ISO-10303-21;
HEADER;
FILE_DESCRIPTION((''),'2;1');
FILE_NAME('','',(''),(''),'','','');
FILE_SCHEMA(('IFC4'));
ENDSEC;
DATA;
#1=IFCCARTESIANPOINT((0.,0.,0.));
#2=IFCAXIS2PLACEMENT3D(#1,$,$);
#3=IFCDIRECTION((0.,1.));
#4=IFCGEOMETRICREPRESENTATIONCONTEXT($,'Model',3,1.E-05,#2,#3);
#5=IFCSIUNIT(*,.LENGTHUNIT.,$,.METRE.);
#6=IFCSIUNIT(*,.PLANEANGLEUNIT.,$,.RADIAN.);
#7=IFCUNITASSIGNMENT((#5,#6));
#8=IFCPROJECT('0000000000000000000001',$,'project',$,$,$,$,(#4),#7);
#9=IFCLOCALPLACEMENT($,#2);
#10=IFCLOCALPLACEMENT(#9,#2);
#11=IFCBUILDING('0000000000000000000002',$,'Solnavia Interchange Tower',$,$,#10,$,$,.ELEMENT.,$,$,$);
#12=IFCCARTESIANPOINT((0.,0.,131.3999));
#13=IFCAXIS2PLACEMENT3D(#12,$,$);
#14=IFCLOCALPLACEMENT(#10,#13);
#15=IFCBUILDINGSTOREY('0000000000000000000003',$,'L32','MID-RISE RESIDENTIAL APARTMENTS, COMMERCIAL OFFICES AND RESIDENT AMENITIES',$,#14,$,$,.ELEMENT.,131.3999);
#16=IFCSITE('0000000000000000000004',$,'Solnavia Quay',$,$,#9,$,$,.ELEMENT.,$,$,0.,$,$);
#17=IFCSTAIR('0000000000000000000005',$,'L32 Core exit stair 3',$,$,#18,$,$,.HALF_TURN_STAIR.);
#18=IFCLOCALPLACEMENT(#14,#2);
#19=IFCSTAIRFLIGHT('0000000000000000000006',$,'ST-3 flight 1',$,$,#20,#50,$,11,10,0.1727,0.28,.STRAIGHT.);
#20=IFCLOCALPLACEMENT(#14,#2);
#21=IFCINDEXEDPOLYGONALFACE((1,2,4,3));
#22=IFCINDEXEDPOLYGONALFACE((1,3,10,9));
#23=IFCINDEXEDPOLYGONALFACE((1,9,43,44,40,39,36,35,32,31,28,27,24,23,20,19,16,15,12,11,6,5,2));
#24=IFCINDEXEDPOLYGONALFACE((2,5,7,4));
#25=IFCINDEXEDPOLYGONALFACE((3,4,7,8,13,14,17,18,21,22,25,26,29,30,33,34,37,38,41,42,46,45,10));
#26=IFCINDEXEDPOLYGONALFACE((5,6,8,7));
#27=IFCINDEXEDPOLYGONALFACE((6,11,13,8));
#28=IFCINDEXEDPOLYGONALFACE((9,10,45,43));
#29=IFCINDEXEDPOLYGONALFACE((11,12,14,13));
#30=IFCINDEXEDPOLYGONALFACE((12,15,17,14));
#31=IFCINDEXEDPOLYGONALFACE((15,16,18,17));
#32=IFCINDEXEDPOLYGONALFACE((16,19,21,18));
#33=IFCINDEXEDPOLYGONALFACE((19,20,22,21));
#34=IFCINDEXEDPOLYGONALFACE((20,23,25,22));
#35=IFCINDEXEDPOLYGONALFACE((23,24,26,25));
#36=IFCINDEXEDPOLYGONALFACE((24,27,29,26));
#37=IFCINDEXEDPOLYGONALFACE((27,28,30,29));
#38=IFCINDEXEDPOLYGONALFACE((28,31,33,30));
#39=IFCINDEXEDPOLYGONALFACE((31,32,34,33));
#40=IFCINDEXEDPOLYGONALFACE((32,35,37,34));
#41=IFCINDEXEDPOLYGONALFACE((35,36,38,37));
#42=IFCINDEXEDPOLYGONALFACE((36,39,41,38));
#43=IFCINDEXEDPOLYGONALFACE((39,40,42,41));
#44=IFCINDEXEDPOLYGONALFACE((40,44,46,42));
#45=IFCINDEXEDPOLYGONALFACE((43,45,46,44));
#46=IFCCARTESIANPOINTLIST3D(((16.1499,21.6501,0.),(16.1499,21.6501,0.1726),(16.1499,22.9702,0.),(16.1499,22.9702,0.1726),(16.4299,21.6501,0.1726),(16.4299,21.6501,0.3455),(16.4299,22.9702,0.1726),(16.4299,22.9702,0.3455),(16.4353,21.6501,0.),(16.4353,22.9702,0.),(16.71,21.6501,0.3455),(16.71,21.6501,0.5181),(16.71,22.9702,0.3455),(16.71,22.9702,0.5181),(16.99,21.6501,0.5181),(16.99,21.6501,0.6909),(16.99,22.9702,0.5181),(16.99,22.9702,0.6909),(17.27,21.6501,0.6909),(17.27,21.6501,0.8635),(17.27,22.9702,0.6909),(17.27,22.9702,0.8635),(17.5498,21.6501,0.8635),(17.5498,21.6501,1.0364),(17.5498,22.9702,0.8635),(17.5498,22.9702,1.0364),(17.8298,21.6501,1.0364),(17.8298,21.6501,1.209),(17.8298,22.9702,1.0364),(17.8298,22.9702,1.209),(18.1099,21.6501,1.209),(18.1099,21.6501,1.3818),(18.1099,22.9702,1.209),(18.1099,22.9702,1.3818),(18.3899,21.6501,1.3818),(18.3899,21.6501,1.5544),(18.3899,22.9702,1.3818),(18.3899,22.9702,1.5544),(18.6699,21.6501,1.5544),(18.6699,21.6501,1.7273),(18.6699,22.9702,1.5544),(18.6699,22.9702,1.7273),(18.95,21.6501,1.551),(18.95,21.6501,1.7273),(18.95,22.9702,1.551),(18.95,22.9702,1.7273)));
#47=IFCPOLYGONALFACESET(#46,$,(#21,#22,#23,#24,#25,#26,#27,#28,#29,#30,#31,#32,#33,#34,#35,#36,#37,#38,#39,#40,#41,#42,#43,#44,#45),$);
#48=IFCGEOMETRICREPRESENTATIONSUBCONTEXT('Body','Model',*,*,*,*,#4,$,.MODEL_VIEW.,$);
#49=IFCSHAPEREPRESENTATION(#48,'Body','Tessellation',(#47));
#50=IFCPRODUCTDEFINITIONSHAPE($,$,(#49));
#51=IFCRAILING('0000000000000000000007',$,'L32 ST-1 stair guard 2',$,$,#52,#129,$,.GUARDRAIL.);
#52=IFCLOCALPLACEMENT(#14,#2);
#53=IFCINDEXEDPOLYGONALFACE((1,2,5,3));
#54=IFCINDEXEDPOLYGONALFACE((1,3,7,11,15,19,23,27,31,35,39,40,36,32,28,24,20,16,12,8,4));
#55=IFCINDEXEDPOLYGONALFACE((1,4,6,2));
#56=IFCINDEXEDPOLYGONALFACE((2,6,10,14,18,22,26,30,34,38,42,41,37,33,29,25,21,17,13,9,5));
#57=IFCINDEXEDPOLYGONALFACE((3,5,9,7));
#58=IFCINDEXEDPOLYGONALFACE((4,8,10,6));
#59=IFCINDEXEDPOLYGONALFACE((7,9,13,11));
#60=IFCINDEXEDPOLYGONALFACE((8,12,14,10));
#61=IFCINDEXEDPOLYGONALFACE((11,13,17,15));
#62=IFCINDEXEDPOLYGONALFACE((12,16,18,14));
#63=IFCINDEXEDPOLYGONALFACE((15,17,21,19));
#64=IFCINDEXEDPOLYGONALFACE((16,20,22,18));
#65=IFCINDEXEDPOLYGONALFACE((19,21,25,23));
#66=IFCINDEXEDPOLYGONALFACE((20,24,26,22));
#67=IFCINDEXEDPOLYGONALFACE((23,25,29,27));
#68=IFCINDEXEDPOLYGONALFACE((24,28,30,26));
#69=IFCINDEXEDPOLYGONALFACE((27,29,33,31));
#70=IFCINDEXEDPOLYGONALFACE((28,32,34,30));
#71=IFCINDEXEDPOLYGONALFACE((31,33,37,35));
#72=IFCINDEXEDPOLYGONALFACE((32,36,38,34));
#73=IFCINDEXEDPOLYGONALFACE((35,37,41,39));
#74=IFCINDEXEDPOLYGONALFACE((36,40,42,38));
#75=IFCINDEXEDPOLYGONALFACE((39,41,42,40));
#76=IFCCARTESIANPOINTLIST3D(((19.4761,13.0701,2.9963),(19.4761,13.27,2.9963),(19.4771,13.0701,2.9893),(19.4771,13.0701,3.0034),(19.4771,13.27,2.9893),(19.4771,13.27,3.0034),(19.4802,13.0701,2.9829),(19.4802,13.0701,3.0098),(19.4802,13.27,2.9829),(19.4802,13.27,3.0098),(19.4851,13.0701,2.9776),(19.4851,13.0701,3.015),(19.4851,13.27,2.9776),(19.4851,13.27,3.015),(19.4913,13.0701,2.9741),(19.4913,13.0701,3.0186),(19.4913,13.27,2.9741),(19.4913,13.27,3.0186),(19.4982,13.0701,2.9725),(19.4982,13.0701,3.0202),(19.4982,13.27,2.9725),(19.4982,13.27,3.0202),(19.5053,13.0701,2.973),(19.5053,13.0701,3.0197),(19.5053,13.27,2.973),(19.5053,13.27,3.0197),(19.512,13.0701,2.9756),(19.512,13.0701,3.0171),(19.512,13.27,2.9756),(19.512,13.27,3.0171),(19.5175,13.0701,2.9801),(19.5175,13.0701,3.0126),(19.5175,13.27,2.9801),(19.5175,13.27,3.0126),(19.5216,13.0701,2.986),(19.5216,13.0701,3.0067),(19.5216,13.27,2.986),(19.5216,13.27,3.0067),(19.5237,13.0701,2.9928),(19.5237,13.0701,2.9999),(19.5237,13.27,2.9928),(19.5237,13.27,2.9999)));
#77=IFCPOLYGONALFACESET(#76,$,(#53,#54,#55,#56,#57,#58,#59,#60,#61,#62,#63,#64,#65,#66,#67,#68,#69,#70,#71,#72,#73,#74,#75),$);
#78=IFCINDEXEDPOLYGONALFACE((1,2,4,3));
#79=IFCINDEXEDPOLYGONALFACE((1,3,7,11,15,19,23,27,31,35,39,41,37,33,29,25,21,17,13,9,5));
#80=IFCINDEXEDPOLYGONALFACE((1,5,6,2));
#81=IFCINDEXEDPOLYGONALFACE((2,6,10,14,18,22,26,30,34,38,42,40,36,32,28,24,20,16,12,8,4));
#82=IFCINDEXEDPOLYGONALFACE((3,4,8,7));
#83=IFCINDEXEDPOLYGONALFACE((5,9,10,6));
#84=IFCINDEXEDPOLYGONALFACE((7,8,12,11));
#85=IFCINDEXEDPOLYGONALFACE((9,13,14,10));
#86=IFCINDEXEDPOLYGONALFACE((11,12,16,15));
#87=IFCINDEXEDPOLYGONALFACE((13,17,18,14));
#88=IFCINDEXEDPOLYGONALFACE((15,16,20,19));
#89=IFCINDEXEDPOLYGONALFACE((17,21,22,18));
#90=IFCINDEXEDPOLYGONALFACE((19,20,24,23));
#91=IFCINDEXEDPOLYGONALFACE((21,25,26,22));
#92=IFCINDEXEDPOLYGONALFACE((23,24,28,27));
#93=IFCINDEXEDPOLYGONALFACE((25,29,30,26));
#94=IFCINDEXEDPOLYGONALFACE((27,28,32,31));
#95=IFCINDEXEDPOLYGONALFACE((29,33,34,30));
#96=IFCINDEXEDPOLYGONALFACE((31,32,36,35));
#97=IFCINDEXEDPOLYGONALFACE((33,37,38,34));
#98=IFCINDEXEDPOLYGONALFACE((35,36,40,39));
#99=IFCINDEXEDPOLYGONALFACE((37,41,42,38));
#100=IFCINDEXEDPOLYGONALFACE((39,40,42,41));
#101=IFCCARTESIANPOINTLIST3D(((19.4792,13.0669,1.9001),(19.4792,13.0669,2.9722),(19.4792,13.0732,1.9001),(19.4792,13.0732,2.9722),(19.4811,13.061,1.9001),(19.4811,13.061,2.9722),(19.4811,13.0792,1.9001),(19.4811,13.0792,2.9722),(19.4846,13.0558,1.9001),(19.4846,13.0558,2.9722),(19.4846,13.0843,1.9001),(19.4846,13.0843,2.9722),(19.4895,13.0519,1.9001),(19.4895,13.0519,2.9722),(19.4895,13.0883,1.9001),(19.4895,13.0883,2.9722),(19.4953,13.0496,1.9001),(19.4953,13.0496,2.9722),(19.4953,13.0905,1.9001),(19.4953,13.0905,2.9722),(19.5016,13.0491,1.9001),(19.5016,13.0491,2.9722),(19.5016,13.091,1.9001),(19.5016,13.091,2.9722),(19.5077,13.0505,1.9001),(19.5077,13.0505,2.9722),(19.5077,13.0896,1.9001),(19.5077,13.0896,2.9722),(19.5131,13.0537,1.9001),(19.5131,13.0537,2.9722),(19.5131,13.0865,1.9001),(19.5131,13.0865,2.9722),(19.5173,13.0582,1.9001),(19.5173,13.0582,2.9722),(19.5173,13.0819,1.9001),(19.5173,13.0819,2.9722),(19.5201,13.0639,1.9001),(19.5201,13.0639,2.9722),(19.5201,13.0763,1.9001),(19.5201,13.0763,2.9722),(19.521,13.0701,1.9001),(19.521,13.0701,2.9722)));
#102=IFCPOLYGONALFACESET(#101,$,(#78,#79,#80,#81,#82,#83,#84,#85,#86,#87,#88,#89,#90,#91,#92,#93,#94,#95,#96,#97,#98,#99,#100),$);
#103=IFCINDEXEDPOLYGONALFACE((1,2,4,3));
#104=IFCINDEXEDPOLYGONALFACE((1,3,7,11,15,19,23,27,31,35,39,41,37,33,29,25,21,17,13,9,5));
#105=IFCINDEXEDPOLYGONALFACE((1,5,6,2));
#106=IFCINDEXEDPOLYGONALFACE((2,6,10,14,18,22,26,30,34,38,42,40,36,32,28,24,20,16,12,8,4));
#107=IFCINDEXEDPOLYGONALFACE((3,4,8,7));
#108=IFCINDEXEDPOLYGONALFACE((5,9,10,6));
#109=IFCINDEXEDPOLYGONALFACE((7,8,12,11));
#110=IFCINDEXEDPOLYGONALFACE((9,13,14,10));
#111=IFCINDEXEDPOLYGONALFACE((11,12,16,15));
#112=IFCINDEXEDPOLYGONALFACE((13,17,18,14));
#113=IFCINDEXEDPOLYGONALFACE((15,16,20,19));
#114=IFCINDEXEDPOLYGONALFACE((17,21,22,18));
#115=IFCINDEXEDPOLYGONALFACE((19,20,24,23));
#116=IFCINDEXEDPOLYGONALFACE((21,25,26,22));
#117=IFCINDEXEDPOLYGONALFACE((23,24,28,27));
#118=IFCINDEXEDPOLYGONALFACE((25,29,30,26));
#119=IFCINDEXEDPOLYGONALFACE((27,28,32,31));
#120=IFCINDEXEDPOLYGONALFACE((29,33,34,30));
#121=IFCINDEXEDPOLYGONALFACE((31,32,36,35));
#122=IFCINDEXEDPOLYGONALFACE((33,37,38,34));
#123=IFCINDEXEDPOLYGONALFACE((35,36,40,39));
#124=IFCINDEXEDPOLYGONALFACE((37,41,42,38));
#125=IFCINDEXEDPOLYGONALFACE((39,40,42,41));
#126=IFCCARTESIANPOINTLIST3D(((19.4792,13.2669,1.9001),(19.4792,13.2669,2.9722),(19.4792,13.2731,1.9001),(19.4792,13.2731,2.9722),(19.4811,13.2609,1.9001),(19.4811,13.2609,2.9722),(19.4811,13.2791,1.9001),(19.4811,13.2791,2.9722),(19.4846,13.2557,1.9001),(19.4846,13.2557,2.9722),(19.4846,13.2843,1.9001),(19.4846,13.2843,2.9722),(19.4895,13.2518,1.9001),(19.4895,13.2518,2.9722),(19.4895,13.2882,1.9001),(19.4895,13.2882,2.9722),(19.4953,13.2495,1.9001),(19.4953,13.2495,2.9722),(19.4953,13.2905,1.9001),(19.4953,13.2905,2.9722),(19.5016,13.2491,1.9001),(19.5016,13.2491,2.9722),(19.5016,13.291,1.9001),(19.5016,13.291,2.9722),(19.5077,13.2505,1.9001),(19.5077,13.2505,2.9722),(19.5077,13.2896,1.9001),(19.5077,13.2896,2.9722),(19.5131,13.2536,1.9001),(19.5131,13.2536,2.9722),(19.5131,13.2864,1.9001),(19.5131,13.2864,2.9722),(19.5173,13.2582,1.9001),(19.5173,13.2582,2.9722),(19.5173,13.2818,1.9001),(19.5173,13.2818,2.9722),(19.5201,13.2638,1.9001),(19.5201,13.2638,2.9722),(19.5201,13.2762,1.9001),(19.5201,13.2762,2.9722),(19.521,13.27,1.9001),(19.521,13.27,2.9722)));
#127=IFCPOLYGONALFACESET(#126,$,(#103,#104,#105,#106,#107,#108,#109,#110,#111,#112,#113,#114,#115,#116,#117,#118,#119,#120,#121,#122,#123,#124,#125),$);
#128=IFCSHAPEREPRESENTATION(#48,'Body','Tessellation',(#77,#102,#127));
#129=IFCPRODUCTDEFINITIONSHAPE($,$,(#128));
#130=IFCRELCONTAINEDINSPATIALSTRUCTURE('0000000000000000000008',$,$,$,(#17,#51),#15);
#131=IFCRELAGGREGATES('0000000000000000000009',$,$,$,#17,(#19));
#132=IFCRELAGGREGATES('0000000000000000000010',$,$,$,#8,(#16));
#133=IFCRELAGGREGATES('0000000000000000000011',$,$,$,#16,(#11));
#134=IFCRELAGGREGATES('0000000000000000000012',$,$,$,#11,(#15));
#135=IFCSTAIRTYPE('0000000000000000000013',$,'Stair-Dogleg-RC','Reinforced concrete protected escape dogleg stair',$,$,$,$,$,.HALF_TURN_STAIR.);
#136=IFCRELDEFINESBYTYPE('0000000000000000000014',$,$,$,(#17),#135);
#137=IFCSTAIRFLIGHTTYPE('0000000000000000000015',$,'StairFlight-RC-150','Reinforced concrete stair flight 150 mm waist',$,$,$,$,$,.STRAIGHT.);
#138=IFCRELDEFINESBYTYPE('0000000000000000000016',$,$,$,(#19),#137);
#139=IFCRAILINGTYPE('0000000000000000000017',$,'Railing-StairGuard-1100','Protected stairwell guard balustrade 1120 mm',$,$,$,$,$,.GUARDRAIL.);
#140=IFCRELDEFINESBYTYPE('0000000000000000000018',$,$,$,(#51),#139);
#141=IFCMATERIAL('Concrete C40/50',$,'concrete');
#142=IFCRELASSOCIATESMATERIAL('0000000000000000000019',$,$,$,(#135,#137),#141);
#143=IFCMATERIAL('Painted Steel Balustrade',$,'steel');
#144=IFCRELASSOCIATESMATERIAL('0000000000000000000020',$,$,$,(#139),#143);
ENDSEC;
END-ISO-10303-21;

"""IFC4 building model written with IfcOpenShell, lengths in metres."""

from ifc_helpers import new_model, si_unit, direction, frame, origin, origin_2d, place, context, subcontext, project, spatial, polyline, circle, outline, extrude, material, type_object, element, aggregate, save


model = new_model("IFC4")

# Units and contexts
model_context = context("Model", 3, precision=1e-05, world=origin(), true_north=direction((0.0, 1.0)))
body_context = subcontext(model_context, "Body", "Model", "MODEL_VIEW")
ifc_project = project(units=[si_unit("LENGTHUNIT", "METRE"), si_unit("PLANEANGLEUNIT", "RADIAN")], contexts=[model_context])

# Site, building, storey
site_placement = place(None, origin())
site = spatial("IfcSite", under=ifc_project, at=site_placement, Name="Solnavia Quay", CompositionType="ELEMENT", RefElevation=0.0)
building_placement = place(site_placement, origin())
building = spatial("IfcBuilding", under=site, at=building_placement, Name="Solnavia Interchange Tower", CompositionType="ELEMENT")
storey_placement = place(building_placement, frame((0.0, 0.0, 131.3999)))
storey = spatial("IfcBuildingStorey", under=building, at=storey_placement, Name="L32", Description="MID-RISE RESIDENTIAL APARTMENTS, COMMERCIAL OFFICES AND RESIDENT AMENITIES", CompositionType="ELEMENT", Elevation=131.3999)

# Shared definitions
ifc_material_1 = material(Name="Concrete C40/50", Category="concrete")

# Stair, stair flight
stair_type = type_object("IfcStairType", Name="Stair-Dogleg-RC", Description="Reinforced concrete protected escape dogleg stair", PredefinedType="HALF_TURN_STAIR", material=ifc_material_1)
stair_flight_type = type_object("IfcStairFlightType", Name="StairFlight-RC-150", Description="Reinforced concrete stair flight 150 mm waist", PredefinedType="STRAIGHT", material=ifc_material_1)
stair_1_placement = place(storey_placement, origin())
stair_1 = element("IfcStair", 1, at=stair_1_placement, inside=storey, type_object=stair_type, Name="L32 Core exit stair 3", PredefinedType="HALF_TURN_STAIR")
stair_flight_1_placement = place(storey_placement, frame((16.1499, 22.3101, 0.0), z_axis=(0.0, 0.0, 1.0), x_axis=(1.0, 0.0, 0.0)))
stair_flight_1 = element("IfcStairFlight", 2, at=stair_flight_1_placement, type_object=stair_flight_type, Name="ST-3 flight 1", NumberOfRisers=11, NumberOfTreads=10, PredefinedType="STRAIGHT", RiserHeight=0.1727, TreadLength=0.28, context=body_context, shape_type="SweptSolid", body=[
    extrude(outline(polyline([(0.0, 0.0), (0.0, 0.1726), (0.28, 0.1726), (0.28, 0.3455), (0.5601, 0.3455), (0.5601, 0.5181), (0.8401, 0.5181), (0.8401, 0.6909), (1.1201, 0.6909), (1.1201, 0.8635), (1.3999, 0.8635), (1.3999, 1.0364), (1.6799, 1.0364), (1.6799, 1.209), (1.96, 1.209), (1.96, 1.3818), (2.24, 1.3818), (2.24, 1.5544), (2.52, 1.5544), (2.52, 1.7273), (2.8, 1.7273), (2.8, 1.8999), (2.8, 1.551), (0.2854, 0.0), (0.0, 0.0)])), frame((0.0, 0.6602, 0.0), z_axis=(0.0, -1.0, 0.0), x_axis=(1.0, 0.0, 0.0)), (0.0, 0.0, 1.0), 1.3201),
])
aggregate(stair_1, [stair_flight_1])

# Railing
ifc_material_2 = material(Name="Painted Steel Balustrade", Category="steel")
railing_type_1 = type_object("IfcRailingType", Name="Railing-StairGuard-1100", Description="Protected stairwell guard balustrade 1120 mm", PredefinedType="GUARDRAIL", material=ifc_material_2)
railing_1_placement = place(storey_placement, frame((19.5, 13.0701, 1.9001)))
element("IfcRailing", 3, at=railing_1_placement, inside=storey, type_object=railing_type_1, Name="L32 ST-1 stair guard 2", PredefinedType="GUARDRAIL", context=body_context, shape_type="SweptSolid", body=[
    extrude(circle(Radius=0.0239, at=origin_2d()), frame((0.0, 0.0, 1.0962), z_axis=(0.0, 1.0, 0.0), x_axis=(-1.0, 0.0, 0.0)), (0.0, 0.0, 1.0), 0.2),
    extrude(circle(Radius=0.021, at=origin_2d()), origin(), (0.0, 0.0, 1.0), 1.072),
    extrude(circle(Radius=0.021, at=origin_2d()), frame((0.0, 0.2, 0.0)), (0.0, 0.0, 1.0), 1.072),
])

save(model, "model.ifc")
